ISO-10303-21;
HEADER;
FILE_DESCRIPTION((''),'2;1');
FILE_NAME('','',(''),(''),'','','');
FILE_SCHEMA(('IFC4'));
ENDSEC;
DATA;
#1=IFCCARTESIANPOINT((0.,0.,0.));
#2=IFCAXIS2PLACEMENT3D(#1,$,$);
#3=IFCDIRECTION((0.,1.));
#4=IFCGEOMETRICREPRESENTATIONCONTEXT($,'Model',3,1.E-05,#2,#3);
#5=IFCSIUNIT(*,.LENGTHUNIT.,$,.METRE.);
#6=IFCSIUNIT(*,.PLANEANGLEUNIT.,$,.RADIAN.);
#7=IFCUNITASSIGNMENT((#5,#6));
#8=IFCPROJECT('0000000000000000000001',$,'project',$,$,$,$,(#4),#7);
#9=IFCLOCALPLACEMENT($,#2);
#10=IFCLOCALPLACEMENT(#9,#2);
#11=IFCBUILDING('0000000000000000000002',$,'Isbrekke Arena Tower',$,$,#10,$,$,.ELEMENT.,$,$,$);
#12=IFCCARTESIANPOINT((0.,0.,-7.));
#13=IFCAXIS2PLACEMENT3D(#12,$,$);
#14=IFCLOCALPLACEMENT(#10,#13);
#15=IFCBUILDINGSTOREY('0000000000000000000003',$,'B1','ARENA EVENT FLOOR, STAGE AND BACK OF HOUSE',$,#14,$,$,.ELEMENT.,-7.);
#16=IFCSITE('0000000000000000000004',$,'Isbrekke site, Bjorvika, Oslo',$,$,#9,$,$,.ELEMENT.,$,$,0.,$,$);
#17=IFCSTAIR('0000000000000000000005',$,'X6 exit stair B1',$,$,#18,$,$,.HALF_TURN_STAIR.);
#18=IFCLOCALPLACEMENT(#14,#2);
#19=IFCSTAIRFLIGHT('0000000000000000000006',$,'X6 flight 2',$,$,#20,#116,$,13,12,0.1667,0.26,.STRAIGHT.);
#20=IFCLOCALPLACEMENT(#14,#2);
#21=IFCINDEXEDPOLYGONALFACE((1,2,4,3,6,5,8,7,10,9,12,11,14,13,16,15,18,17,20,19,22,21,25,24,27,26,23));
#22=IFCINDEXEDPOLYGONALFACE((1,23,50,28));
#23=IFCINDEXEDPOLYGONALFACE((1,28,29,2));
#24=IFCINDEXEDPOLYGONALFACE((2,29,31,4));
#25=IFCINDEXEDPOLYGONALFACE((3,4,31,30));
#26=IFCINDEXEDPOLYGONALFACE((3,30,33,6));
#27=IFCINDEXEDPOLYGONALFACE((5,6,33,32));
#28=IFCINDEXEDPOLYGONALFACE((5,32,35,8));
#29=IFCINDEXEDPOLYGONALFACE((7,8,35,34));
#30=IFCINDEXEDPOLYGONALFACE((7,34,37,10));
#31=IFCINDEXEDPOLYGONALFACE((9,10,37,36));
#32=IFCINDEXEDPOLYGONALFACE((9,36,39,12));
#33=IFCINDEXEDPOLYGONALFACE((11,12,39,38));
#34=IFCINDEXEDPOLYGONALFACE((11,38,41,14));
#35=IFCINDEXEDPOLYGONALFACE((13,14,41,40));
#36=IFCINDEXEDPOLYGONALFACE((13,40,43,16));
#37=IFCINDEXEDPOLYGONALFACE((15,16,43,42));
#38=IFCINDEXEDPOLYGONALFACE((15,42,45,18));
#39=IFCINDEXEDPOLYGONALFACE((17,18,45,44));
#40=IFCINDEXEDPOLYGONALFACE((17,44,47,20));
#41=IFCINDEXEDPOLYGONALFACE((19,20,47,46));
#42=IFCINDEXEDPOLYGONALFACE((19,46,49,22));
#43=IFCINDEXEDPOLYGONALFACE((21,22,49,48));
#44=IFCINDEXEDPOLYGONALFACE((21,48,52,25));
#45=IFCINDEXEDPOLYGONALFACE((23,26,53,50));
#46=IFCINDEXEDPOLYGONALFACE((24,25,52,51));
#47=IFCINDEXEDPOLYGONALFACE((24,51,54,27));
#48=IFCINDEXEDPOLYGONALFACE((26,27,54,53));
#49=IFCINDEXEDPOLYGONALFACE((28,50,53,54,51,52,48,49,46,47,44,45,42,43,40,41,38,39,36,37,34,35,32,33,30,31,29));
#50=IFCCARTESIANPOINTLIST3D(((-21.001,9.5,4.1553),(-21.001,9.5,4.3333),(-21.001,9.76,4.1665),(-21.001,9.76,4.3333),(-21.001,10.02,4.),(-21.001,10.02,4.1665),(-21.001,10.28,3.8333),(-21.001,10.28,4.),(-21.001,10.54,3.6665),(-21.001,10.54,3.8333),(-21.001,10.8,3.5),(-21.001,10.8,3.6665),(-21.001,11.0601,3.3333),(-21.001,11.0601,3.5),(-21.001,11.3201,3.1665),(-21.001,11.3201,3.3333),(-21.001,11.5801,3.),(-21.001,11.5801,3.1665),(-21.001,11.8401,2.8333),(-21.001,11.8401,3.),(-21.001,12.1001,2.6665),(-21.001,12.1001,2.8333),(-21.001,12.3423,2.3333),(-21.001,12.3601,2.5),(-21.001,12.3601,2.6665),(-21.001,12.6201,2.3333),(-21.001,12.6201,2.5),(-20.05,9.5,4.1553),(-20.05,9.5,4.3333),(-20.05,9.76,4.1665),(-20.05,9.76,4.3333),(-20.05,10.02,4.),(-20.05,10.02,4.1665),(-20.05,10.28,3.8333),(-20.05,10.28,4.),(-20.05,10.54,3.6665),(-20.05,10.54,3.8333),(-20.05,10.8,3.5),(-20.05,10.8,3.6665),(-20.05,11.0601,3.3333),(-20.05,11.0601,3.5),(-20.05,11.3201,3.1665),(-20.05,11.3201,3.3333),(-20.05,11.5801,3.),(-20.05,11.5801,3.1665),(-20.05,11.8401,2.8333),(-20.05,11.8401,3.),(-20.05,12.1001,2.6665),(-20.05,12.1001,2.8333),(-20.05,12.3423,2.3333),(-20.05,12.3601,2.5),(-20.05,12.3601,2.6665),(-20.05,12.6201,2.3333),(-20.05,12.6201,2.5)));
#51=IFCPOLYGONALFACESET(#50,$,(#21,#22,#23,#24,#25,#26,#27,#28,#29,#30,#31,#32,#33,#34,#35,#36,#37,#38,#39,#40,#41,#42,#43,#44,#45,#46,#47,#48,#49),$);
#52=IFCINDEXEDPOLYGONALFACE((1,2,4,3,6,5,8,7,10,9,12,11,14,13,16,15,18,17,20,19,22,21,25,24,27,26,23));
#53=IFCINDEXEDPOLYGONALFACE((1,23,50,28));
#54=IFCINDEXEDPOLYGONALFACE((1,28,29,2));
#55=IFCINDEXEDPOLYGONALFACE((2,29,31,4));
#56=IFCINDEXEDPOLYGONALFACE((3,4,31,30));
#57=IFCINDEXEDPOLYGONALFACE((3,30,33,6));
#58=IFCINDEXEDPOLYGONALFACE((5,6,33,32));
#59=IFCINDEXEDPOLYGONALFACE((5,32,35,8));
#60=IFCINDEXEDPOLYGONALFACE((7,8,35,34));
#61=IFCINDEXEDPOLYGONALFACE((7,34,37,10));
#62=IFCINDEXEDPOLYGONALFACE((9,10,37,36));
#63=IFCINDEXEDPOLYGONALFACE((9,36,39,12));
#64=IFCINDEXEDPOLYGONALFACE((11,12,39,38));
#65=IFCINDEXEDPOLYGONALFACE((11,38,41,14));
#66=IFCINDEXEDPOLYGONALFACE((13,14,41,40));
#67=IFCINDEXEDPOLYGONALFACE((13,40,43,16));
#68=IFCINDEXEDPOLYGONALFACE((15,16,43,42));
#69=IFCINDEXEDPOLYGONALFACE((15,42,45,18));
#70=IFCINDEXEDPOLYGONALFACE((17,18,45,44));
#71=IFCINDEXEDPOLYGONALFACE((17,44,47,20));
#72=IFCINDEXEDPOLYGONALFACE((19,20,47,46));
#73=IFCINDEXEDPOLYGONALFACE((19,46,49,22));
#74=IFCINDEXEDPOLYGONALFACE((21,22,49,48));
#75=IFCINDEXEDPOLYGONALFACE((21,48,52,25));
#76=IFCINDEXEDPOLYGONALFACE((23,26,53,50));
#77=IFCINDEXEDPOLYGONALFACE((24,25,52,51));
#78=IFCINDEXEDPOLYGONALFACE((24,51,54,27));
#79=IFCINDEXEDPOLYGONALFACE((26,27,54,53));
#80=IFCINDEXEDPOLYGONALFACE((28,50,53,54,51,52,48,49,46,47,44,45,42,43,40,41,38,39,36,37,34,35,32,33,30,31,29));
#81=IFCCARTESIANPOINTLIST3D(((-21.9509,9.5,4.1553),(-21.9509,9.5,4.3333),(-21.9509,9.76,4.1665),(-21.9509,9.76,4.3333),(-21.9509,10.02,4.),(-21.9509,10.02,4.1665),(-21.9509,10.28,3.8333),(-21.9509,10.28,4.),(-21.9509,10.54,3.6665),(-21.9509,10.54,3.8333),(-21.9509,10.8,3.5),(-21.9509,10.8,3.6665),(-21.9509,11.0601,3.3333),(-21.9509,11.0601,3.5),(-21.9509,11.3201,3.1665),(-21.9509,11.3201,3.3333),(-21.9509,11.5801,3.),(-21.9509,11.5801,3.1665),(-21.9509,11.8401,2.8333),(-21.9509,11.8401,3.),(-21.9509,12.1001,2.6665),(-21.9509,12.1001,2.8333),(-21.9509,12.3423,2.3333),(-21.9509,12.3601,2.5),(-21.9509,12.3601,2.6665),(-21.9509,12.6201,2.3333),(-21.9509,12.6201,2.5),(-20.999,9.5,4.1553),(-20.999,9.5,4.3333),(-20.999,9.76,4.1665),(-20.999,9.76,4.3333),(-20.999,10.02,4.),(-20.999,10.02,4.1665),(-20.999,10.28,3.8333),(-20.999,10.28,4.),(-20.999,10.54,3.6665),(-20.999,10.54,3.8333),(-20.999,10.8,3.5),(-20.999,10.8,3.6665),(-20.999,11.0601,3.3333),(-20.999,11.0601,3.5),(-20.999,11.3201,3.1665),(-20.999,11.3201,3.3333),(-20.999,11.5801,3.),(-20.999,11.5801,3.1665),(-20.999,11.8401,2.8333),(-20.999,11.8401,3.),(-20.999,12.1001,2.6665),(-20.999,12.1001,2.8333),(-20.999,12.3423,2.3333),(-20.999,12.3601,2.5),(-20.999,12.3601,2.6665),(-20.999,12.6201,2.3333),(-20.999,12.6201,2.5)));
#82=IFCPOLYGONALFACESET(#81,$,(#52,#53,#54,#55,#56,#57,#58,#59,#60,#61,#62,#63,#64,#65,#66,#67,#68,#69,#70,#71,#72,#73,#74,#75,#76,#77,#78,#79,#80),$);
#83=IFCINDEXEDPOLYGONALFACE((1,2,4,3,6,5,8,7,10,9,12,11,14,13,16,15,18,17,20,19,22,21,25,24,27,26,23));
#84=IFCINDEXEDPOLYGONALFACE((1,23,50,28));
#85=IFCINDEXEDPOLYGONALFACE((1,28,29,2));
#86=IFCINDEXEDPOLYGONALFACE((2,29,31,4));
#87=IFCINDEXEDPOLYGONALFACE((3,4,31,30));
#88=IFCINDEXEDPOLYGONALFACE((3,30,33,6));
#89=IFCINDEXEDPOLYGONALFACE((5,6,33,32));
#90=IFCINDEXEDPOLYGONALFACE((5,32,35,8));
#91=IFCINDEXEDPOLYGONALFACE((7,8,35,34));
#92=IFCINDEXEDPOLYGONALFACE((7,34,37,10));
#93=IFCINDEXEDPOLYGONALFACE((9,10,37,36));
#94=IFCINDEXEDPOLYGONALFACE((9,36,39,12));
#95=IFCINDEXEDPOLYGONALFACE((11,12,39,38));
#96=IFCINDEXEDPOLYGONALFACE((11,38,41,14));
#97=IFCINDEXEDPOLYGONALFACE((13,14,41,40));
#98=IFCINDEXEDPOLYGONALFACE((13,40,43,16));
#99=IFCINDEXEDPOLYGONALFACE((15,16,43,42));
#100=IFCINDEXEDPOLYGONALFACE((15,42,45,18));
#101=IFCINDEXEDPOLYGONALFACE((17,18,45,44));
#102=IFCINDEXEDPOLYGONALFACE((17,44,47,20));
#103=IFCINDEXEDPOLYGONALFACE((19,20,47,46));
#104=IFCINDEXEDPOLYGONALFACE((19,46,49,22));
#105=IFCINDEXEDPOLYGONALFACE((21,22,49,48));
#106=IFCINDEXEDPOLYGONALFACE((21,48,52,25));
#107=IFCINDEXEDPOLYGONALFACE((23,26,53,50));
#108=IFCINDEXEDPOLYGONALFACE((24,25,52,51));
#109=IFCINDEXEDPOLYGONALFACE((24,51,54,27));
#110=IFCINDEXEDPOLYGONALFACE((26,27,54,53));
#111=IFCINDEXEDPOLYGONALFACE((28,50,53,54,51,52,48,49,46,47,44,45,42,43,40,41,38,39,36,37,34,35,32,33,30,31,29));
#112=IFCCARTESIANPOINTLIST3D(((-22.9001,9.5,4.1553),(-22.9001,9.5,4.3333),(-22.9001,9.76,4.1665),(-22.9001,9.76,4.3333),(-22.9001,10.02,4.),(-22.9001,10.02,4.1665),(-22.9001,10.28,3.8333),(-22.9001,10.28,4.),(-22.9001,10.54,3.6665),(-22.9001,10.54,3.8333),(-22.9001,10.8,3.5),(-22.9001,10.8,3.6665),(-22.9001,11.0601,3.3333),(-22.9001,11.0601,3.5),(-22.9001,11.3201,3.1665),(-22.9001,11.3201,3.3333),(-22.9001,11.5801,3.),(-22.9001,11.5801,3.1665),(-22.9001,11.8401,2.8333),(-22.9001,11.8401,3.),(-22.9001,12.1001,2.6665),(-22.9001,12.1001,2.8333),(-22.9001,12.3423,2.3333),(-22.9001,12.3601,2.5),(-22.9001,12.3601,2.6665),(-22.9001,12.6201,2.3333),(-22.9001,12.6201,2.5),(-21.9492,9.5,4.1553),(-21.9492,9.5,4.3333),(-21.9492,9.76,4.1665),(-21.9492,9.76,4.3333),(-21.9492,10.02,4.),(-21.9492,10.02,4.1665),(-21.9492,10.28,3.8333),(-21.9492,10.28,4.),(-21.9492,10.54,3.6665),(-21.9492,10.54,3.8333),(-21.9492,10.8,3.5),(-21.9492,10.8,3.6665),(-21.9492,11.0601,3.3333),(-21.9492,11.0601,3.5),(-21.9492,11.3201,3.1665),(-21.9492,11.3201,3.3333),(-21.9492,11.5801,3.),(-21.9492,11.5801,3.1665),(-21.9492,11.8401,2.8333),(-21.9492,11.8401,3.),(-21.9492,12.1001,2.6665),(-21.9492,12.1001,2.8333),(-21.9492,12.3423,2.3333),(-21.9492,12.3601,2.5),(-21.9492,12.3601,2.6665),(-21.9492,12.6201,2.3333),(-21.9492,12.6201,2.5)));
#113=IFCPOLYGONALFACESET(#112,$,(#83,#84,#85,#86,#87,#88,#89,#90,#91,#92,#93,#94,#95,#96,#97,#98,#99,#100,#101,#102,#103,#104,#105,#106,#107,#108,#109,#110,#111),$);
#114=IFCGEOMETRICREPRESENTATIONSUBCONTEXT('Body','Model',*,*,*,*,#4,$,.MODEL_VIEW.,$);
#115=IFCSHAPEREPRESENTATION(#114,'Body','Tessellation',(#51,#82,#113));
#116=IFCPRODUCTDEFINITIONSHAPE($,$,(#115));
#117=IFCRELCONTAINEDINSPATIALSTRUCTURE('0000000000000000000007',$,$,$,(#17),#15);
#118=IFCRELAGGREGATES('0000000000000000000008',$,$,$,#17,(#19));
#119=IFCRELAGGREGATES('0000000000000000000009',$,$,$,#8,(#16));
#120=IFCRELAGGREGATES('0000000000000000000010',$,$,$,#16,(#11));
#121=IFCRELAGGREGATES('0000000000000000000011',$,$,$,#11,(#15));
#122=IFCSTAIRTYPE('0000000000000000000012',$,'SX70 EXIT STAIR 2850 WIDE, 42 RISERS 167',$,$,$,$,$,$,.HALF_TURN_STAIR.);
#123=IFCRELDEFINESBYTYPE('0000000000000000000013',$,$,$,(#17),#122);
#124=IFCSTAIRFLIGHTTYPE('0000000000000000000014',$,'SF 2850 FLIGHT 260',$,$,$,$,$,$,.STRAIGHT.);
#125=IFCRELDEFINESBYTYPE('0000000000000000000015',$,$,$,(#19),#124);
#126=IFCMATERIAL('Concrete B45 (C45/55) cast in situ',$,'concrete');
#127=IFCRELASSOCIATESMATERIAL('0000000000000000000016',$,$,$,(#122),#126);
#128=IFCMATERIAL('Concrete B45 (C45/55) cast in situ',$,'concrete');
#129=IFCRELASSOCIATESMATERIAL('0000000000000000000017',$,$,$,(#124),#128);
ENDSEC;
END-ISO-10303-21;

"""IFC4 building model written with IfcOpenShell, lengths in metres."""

from ifc_helpers import new_model, si_unit, direction, frame, origin, place, context, subcontext, project, spatial, polyline, outline, extrude, material, type_object, element, aggregate, save


model = new_model("IFC4")

# Units and contexts
model_context = context("Model", 3, precision=1e-05, world=origin(), true_north=direction((0.0, 1.0)))
body_context = subcontext(model_context, "Body", "Model", "MODEL_VIEW")
ifc_project = project(units=[si_unit("LENGTHUNIT", "METRE"), si_unit("PLANEANGLEUNIT", "RADIAN")], contexts=[model_context])

# Site, building, storey
site_placement = place(None, origin())
site = spatial("IfcSite", under=ifc_project, at=site_placement, Name="Isbrekke site, Bjorvika, Oslo", CompositionType="ELEMENT", RefElevation=0.0)
building_placement = place(site_placement, origin())
building = spatial("IfcBuilding", under=site, at=building_placement, Name="Isbrekke Arena Tower", CompositionType="ELEMENT")
storey_placement = place(building_placement, frame((0.0, 0.0, -7.0)))
storey = spatial("IfcBuildingStorey", under=building, at=storey_placement, Name="B1", Description="ARENA EVENT FLOOR, STAGE AND BACK OF HOUSE", CompositionType="ELEMENT", Elevation=-7.0)

# Stair, stair flight
ifc_material_1 = material(Name="Concrete B45 (C45/55) cast in situ", Category="concrete")
stair_type = type_object("IfcStairType", Name="SX70 EXIT STAIR 2850 WIDE, 42 RISERS 167", PredefinedType="HALF_TURN_STAIR", material=ifc_material_1)
stair_placement = place(storey_placement, origin())
stair = element("IfcStair", 1, at=stair_placement, inside=storey, type_object=stair_type, Name="X6 exit stair B1", PredefinedType="HALF_TURN_STAIR")
ifc_material_2 = material(Name="Concrete B45 (C45/55) cast in situ", Category="concrete")
stair_flight_type = type_object("IfcStairFlightType", Name="SF 2850 FLIGHT 260", PredefinedType="STRAIGHT", material=ifc_material_2)
stair_flight_1_placement = place(storey_placement, frame((-21.4751, 12.6201, 2.3333), z_axis=(0.0, 0.0, 1.0), x_axis=(0.0, -1.0, 0.0)))
stair_flight_1 = element("IfcStairFlight", 2, at=stair_flight_1_placement, type_object=stair_flight_type, Name="X6 flight 2", NumberOfRisers=13, NumberOfTreads=12, PredefinedType="STRAIGHT", RiserHeight=0.1667, TreadLength=0.26, context=body_context, shape_type="SweptSolid", body=[
    extrude(outline(polyline([(0.0, 0.0), (0.0, 0.1667), (0.26, 0.1667), (0.26, 0.3333), (0.52, 0.3333), (0.52, 0.5), (0.78, 0.5), (0.78, 0.6667), (1.04, 0.6667), (1.04, 0.8333), (1.3, 0.8333), (1.3, 1.0), (1.5601, 1.0), (1.5601, 1.1667), (1.8201, 1.1667), (1.8201, 1.3333), (2.0801, 1.3333), (2.0801, 1.5), (2.3401, 1.5), (2.3401, 1.6667), (2.6001, 1.6667), (2.6001, 1.8333), (2.8601, 1.8333), (2.8601, 2.0), (3.1201, 2.0), (3.1201, 2.1667), (3.1201, 1.822), (0.2778, 0.0), (0.0, 0.0)])), frame((0.0, 1.425, 0.0), z_axis=(0.0, -1.0, 0.0), x_axis=(1.0, 0.0, 0.0)), (0.0, 0.0, 1.0), 0.9509),
    extrude(outline(polyline([(0.0, 0.0), (0.0, 0.1667), (0.26, 0.1667), (0.26, 0.3333), (0.52, 0.3333), (0.52, 0.5), (0.78, 0.5), (0.78, 0.6667), (1.04, 0.6667), (1.04, 0.8333), (1.3, 0.8333), (1.3, 1.0), (1.5601, 1.0), (1.5601, 1.1667), (1.8201, 1.1667), (1.8201, 1.3333), (2.0801, 1.3333), (2.0801, 1.5), (2.3401, 1.5), (2.3401, 1.6667), (2.6001, 1.6667), (2.6001, 1.8333), (2.8601, 1.8333), (2.8601, 2.0), (3.1201, 2.0), (3.1201, 2.1667), (3.1201, 1.822), (0.2778, 0.0), (0.0, 0.0)])), frame((0.0, 0.4761, 0.0), z_axis=(0.0, -1.0, 0.0), x_axis=(1.0, 0.0, 0.0)), (0.0, 0.0, 1.0), 0.9519),
    extrude(outline(polyline([(0.0, 0.0), (0.0, 0.1667), (0.26, 0.1667), (0.26, 0.3333), (0.52, 0.3333), (0.52, 0.5), (0.78, 0.5), (0.78, 0.6667), (1.04, 0.6667), (1.04, 0.8333), (1.3, 0.8333), (1.3, 1.0), (1.5601, 1.0), (1.5601, 1.1667), (1.8201, 1.1667), (1.8201, 1.3333), (2.0801, 1.3333), (2.0801, 1.5), (2.3401, 1.5), (2.3401, 1.6667), (2.6001, 1.6667), (2.6001, 1.8333), (2.8601, 1.8333), (2.8601, 2.0), (3.1201, 2.0), (3.1201, 2.1667), (3.1201, 1.822), (0.2778, 0.0), (0.0, 0.0)])), frame((0.0, -0.4741, 0.0), z_axis=(0.0, -1.0, 0.0), x_axis=(1.0, 0.0, 0.0)), (0.0, 0.0, 1.0), 0.9509),
])
aggregate(stair, [stair_flight_1])

save(model, "model.ifc")
